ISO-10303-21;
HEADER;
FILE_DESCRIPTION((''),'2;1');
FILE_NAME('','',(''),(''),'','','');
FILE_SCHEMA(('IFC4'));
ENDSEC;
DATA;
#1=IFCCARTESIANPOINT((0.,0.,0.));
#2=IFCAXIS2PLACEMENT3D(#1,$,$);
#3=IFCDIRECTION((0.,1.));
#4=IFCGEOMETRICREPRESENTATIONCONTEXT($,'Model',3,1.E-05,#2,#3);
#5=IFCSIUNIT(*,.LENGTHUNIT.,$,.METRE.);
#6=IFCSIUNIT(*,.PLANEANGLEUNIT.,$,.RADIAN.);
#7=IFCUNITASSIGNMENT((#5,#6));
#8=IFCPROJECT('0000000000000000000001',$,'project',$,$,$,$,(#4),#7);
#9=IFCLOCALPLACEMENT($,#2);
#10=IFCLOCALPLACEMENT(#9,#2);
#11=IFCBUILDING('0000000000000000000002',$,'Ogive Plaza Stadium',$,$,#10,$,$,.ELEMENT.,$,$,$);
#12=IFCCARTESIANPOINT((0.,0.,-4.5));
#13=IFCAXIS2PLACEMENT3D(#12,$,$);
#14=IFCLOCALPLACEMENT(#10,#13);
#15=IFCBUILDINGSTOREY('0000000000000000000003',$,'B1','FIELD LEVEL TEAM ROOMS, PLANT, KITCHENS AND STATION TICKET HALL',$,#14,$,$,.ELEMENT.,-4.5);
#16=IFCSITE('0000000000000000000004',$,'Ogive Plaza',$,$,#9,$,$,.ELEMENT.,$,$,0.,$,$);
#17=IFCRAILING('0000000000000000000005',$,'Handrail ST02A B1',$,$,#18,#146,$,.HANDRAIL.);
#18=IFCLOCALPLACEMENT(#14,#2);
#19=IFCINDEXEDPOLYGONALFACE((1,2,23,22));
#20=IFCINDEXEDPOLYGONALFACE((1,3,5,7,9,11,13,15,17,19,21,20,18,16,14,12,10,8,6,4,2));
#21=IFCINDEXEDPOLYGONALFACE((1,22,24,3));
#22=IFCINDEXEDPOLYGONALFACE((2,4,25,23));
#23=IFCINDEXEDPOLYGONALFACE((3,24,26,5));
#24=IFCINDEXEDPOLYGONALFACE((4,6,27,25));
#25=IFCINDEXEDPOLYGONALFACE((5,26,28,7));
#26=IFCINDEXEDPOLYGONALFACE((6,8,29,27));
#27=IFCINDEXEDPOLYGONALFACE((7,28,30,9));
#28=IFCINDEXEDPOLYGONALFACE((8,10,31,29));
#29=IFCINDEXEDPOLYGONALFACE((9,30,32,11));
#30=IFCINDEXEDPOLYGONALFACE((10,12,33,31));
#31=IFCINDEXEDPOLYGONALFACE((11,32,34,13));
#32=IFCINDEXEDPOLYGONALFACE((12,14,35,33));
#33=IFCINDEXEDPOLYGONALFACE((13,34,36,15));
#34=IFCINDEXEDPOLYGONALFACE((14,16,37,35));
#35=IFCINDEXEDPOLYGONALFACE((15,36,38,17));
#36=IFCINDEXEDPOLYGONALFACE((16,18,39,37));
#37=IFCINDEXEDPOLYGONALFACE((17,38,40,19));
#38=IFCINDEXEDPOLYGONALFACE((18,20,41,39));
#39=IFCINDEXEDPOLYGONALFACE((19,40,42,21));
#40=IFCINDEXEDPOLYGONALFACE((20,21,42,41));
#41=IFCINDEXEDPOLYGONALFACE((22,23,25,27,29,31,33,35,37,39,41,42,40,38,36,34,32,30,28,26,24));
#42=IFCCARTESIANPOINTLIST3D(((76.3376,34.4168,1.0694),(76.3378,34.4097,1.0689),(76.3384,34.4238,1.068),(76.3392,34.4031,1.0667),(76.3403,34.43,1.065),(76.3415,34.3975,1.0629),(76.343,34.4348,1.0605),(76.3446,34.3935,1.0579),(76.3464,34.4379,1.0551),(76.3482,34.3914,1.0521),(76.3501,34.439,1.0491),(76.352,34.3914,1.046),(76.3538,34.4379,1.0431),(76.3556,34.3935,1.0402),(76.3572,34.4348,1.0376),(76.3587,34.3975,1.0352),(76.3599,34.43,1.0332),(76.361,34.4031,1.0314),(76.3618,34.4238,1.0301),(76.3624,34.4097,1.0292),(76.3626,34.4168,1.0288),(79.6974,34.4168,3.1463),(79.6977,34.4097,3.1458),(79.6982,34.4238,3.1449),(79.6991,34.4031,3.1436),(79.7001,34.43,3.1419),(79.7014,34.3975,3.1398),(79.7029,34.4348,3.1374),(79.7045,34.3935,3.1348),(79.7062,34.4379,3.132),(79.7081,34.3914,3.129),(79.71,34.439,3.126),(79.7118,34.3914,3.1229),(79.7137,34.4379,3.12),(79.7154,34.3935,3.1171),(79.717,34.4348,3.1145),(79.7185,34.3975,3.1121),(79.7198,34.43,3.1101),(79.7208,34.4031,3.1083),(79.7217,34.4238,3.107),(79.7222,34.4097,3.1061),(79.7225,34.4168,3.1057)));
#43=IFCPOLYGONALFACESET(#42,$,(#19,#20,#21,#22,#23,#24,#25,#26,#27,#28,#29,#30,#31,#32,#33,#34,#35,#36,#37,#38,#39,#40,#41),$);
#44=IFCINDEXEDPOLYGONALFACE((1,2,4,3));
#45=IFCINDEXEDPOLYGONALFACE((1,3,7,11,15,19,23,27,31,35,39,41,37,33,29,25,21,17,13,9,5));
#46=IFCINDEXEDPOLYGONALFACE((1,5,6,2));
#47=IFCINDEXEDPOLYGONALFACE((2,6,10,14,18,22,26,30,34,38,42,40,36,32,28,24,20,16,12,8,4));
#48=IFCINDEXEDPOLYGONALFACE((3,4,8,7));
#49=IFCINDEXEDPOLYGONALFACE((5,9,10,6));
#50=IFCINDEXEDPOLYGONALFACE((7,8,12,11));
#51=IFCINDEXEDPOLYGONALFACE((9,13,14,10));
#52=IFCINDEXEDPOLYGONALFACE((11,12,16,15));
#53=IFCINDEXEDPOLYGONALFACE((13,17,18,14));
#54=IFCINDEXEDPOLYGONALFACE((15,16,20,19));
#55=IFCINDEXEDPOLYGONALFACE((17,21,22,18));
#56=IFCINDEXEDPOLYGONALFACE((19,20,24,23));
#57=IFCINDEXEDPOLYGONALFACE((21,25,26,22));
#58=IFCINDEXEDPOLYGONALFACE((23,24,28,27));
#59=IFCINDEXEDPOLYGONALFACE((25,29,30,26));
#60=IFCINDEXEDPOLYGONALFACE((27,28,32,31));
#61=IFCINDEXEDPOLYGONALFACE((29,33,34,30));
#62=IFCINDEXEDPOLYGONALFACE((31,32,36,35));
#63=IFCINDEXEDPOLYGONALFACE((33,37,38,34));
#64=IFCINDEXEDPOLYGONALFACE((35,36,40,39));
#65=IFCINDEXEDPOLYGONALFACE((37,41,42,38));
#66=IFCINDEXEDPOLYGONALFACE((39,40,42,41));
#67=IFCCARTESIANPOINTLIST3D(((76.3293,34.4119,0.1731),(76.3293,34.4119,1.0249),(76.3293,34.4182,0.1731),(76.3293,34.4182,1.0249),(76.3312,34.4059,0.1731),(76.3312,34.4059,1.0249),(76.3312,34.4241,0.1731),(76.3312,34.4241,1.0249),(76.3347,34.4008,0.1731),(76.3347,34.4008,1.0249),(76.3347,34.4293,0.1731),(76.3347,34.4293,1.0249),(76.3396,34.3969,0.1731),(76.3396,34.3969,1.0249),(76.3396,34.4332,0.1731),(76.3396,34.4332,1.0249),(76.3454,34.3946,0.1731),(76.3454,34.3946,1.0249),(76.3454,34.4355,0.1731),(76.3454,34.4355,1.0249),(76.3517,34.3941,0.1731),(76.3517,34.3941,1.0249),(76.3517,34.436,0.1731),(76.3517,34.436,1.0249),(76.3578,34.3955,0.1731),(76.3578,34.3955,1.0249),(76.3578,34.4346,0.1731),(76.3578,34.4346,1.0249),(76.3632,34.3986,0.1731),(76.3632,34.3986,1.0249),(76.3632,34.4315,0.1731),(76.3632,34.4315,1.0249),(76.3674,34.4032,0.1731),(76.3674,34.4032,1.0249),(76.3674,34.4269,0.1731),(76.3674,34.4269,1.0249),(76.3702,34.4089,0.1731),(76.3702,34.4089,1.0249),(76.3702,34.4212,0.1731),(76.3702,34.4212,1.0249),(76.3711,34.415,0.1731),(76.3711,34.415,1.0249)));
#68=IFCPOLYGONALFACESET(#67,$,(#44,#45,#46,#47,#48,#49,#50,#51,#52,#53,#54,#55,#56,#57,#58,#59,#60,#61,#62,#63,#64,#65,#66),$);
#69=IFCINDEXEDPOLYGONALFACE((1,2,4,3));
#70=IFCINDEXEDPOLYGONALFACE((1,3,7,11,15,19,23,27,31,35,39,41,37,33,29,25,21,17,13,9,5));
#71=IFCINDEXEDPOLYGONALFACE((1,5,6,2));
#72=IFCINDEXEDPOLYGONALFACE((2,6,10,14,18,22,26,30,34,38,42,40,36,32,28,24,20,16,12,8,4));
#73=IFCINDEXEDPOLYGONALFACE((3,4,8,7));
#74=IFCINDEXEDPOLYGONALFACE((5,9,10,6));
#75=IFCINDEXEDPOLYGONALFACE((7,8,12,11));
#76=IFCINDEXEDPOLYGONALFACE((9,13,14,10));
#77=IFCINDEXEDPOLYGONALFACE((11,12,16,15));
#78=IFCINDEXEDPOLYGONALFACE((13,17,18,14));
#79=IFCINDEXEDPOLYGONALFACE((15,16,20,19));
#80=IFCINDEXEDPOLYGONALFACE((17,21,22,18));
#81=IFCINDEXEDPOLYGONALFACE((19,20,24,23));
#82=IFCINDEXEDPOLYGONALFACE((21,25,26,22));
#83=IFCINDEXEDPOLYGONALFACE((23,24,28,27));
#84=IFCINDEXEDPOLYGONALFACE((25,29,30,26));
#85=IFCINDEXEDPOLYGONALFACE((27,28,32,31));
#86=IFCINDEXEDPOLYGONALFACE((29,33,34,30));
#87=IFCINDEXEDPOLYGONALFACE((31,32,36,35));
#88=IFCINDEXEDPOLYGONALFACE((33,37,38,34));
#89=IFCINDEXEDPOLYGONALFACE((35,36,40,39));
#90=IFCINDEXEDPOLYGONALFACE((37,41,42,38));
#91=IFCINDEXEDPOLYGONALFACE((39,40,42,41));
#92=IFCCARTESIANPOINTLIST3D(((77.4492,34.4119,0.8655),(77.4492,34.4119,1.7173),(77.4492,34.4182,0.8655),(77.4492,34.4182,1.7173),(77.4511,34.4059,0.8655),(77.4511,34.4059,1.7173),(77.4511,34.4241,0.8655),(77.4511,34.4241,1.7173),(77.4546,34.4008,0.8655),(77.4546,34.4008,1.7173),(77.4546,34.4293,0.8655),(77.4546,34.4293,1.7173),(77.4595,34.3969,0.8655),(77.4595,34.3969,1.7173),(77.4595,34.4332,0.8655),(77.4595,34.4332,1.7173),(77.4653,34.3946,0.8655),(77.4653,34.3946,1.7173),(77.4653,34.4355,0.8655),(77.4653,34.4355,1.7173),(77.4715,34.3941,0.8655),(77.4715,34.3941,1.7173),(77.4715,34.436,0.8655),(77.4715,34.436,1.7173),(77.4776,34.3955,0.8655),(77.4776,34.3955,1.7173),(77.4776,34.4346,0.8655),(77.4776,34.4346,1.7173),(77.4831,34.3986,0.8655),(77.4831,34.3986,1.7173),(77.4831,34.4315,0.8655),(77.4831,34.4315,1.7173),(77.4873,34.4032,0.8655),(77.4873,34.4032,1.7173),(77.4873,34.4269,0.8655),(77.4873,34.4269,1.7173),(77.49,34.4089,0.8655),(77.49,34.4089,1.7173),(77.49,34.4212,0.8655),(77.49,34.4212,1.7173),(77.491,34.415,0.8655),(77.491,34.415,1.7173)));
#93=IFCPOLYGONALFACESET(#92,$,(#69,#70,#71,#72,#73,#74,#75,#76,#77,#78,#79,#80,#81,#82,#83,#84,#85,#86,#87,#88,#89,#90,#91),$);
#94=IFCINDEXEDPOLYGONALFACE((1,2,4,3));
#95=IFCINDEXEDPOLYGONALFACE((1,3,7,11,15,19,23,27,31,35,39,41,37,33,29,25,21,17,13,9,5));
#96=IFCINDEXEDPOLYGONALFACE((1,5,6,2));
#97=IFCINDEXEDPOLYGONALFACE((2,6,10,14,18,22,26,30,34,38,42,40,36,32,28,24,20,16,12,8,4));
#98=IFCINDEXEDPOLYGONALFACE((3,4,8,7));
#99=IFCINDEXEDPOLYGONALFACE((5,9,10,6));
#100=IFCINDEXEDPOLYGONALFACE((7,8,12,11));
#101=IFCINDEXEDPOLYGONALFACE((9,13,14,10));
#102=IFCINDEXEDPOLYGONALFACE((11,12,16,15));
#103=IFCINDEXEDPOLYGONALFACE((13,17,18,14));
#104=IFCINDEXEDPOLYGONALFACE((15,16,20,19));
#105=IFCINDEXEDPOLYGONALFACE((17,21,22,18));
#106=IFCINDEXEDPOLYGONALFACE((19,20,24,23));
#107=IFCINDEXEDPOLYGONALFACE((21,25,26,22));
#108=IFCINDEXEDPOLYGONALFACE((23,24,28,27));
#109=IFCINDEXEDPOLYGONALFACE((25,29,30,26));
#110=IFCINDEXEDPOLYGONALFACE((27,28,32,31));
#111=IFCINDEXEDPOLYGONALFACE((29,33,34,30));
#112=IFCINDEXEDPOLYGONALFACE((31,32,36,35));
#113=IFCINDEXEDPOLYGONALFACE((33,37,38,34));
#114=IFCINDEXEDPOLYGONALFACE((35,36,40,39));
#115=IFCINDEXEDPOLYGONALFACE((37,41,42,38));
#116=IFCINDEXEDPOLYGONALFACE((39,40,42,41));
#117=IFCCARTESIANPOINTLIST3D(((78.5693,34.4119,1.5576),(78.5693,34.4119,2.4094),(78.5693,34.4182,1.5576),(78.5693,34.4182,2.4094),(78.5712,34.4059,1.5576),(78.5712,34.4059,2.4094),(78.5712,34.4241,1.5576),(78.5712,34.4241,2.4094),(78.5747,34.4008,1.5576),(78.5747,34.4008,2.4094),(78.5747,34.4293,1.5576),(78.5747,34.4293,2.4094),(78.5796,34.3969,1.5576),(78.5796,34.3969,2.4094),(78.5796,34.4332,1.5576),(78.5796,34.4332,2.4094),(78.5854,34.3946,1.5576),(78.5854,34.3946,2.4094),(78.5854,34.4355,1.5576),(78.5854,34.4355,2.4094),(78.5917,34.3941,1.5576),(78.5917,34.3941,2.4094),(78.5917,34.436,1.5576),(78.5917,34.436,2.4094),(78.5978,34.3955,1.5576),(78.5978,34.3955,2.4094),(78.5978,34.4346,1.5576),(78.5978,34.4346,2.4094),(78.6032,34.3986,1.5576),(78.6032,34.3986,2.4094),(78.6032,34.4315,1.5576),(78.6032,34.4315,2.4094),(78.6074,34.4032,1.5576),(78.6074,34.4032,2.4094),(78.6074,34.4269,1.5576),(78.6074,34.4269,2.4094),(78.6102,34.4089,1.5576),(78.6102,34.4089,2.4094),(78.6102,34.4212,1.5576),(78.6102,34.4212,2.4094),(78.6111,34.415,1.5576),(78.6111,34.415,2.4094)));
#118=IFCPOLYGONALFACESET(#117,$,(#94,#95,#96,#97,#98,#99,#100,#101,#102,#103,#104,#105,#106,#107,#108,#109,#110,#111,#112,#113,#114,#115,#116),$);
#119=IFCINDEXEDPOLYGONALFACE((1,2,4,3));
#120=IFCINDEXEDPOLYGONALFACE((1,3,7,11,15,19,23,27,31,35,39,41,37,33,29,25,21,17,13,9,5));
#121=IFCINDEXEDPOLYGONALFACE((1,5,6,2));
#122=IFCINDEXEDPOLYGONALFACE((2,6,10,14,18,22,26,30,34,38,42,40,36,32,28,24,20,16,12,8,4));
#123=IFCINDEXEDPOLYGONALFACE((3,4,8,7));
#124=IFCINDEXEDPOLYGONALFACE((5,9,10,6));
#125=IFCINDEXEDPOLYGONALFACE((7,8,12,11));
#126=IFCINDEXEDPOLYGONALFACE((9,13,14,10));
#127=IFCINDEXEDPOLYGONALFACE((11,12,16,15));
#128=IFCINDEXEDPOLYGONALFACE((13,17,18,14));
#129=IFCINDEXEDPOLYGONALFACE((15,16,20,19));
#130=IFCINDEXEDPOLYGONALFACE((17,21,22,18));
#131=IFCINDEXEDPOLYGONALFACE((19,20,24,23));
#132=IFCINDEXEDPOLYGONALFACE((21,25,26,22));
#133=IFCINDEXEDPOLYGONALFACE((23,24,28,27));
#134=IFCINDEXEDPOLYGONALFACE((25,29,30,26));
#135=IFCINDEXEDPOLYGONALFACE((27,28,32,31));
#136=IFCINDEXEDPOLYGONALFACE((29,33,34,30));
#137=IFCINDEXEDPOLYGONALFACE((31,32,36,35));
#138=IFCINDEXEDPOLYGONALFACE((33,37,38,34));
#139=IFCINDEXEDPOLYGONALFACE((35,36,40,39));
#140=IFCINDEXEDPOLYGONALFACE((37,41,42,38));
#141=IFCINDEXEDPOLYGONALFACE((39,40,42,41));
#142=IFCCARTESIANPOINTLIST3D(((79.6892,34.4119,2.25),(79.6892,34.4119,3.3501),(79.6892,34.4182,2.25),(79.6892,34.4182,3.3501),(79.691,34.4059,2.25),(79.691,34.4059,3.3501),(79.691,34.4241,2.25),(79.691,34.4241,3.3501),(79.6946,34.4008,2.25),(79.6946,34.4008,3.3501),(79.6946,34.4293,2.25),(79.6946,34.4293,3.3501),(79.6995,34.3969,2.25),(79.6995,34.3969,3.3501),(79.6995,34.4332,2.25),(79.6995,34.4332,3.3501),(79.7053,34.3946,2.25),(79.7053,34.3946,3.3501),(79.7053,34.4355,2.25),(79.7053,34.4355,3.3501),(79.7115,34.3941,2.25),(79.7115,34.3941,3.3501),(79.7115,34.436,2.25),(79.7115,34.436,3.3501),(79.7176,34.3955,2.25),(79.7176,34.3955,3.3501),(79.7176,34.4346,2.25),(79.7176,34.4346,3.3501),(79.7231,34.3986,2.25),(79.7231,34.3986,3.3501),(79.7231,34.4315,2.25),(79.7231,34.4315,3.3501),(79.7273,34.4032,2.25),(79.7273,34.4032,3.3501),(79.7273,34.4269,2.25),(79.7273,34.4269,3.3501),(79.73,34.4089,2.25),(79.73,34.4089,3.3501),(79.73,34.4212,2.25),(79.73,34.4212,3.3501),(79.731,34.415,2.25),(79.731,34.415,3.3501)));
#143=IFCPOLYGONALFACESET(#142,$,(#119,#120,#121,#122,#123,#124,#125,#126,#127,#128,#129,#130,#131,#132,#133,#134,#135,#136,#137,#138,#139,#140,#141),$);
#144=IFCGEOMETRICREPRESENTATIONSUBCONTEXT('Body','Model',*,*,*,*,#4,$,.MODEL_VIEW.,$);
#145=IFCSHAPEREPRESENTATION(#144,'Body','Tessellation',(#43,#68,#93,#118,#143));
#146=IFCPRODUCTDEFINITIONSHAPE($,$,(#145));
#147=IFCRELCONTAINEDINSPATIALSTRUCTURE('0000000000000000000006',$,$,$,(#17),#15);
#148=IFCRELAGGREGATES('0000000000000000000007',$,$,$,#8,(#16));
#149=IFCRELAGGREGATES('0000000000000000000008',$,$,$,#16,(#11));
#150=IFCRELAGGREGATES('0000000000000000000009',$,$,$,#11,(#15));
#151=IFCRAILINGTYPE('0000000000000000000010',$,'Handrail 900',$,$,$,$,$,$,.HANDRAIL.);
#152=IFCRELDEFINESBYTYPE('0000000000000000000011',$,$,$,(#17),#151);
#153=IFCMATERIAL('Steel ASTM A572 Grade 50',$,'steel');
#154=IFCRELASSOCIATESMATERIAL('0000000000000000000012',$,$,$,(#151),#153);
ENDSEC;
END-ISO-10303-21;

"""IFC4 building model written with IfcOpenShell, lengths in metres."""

from ifc_helpers import new_model, si_unit, direction, frame, origin, origin_2d, place, context, subcontext, project, spatial, circle, extrude, material, type_object, element, save


model = new_model("IFC4")

# Units and contexts
model_context = context("Model", 3, precision=1e-05, world=origin(), true_north=direction((0.0, 1.0)))
body_context = subcontext(model_context, "Body", "Model", "MODEL_VIEW")
ifc_project = project(units=[si_unit("LENGTHUNIT", "METRE"), si_unit("PLANEANGLEUNIT", "RADIAN")], contexts=[model_context])

# Site, building, storey
site_placement = place(None, origin())
site = spatial("IfcSite", under=ifc_project, at=site_placement, Name="Ogive Plaza", CompositionType="ELEMENT", RefElevation=0.0)
building_placement = place(site_placement, origin())
building = spatial("IfcBuilding", under=site, at=building_placement, Name="Ogive Plaza Stadium", CompositionType="ELEMENT")
storey_placement = place(building_placement, frame((0.0, 0.0, -4.5)))
storey = spatial("IfcBuildingStorey", under=building, at=storey_placement, Name="B1", Description="FIELD LEVEL TEAM ROOMS, PLANT, KITCHENS AND STATION TICKET HALL", CompositionType="ELEMENT", Elevation=-4.5)

# Railing
ifc_material_1 = material(Name="Steel ASTM A572 Grade 50", Category="steel")
railing_type_1 = type_object("IfcRailingType", Name="Handrail 900", PredefinedType="HANDRAIL", material=ifc_material_1)
for number, where, name in (
    (1, (76.3501, 34.415, 0.1731), "Handrail ST02A B1"),
):
    element("IfcRailing", number, at=place(storey_placement, frame(where)), inside=storey, type_object=railing_type_1, Name=name, PredefinedType="HANDRAIL", context=body_context, shape_type="SweptSolid", body=[
        extrude(circle(Radius=0.0239, at=origin_2d()), frame((0.0, 0.0, 0.876), z_axis=(0.850606, 0.0, 0.525803), x_axis=(0.0, 1.0, 0.0)), (0.0, 0.0, 1.0), 3.95),
        extrude(circle(Radius=0.021, at=origin_2d()), origin(), (0.0, 0.0, 1.0), 0.8518),
        extrude(circle(Radius=0.021, at=origin_2d()), frame((1.1199, 0.0, 0.6924)), (0.0, 0.0, 1.0), 0.8518),
        extrude(circle(Radius=0.021, at=origin_2d()), frame((2.24, 0.0, 1.3845)), (0.0, 0.0, 1.0), 0.8518),
        extrude(circle(Radius=0.021, at=origin_2d()), frame((3.3599, 0.0, 2.0769)), (0.0, 0.0, 1.0), 1.1001),
    ])

save(model, "model.ifc")
